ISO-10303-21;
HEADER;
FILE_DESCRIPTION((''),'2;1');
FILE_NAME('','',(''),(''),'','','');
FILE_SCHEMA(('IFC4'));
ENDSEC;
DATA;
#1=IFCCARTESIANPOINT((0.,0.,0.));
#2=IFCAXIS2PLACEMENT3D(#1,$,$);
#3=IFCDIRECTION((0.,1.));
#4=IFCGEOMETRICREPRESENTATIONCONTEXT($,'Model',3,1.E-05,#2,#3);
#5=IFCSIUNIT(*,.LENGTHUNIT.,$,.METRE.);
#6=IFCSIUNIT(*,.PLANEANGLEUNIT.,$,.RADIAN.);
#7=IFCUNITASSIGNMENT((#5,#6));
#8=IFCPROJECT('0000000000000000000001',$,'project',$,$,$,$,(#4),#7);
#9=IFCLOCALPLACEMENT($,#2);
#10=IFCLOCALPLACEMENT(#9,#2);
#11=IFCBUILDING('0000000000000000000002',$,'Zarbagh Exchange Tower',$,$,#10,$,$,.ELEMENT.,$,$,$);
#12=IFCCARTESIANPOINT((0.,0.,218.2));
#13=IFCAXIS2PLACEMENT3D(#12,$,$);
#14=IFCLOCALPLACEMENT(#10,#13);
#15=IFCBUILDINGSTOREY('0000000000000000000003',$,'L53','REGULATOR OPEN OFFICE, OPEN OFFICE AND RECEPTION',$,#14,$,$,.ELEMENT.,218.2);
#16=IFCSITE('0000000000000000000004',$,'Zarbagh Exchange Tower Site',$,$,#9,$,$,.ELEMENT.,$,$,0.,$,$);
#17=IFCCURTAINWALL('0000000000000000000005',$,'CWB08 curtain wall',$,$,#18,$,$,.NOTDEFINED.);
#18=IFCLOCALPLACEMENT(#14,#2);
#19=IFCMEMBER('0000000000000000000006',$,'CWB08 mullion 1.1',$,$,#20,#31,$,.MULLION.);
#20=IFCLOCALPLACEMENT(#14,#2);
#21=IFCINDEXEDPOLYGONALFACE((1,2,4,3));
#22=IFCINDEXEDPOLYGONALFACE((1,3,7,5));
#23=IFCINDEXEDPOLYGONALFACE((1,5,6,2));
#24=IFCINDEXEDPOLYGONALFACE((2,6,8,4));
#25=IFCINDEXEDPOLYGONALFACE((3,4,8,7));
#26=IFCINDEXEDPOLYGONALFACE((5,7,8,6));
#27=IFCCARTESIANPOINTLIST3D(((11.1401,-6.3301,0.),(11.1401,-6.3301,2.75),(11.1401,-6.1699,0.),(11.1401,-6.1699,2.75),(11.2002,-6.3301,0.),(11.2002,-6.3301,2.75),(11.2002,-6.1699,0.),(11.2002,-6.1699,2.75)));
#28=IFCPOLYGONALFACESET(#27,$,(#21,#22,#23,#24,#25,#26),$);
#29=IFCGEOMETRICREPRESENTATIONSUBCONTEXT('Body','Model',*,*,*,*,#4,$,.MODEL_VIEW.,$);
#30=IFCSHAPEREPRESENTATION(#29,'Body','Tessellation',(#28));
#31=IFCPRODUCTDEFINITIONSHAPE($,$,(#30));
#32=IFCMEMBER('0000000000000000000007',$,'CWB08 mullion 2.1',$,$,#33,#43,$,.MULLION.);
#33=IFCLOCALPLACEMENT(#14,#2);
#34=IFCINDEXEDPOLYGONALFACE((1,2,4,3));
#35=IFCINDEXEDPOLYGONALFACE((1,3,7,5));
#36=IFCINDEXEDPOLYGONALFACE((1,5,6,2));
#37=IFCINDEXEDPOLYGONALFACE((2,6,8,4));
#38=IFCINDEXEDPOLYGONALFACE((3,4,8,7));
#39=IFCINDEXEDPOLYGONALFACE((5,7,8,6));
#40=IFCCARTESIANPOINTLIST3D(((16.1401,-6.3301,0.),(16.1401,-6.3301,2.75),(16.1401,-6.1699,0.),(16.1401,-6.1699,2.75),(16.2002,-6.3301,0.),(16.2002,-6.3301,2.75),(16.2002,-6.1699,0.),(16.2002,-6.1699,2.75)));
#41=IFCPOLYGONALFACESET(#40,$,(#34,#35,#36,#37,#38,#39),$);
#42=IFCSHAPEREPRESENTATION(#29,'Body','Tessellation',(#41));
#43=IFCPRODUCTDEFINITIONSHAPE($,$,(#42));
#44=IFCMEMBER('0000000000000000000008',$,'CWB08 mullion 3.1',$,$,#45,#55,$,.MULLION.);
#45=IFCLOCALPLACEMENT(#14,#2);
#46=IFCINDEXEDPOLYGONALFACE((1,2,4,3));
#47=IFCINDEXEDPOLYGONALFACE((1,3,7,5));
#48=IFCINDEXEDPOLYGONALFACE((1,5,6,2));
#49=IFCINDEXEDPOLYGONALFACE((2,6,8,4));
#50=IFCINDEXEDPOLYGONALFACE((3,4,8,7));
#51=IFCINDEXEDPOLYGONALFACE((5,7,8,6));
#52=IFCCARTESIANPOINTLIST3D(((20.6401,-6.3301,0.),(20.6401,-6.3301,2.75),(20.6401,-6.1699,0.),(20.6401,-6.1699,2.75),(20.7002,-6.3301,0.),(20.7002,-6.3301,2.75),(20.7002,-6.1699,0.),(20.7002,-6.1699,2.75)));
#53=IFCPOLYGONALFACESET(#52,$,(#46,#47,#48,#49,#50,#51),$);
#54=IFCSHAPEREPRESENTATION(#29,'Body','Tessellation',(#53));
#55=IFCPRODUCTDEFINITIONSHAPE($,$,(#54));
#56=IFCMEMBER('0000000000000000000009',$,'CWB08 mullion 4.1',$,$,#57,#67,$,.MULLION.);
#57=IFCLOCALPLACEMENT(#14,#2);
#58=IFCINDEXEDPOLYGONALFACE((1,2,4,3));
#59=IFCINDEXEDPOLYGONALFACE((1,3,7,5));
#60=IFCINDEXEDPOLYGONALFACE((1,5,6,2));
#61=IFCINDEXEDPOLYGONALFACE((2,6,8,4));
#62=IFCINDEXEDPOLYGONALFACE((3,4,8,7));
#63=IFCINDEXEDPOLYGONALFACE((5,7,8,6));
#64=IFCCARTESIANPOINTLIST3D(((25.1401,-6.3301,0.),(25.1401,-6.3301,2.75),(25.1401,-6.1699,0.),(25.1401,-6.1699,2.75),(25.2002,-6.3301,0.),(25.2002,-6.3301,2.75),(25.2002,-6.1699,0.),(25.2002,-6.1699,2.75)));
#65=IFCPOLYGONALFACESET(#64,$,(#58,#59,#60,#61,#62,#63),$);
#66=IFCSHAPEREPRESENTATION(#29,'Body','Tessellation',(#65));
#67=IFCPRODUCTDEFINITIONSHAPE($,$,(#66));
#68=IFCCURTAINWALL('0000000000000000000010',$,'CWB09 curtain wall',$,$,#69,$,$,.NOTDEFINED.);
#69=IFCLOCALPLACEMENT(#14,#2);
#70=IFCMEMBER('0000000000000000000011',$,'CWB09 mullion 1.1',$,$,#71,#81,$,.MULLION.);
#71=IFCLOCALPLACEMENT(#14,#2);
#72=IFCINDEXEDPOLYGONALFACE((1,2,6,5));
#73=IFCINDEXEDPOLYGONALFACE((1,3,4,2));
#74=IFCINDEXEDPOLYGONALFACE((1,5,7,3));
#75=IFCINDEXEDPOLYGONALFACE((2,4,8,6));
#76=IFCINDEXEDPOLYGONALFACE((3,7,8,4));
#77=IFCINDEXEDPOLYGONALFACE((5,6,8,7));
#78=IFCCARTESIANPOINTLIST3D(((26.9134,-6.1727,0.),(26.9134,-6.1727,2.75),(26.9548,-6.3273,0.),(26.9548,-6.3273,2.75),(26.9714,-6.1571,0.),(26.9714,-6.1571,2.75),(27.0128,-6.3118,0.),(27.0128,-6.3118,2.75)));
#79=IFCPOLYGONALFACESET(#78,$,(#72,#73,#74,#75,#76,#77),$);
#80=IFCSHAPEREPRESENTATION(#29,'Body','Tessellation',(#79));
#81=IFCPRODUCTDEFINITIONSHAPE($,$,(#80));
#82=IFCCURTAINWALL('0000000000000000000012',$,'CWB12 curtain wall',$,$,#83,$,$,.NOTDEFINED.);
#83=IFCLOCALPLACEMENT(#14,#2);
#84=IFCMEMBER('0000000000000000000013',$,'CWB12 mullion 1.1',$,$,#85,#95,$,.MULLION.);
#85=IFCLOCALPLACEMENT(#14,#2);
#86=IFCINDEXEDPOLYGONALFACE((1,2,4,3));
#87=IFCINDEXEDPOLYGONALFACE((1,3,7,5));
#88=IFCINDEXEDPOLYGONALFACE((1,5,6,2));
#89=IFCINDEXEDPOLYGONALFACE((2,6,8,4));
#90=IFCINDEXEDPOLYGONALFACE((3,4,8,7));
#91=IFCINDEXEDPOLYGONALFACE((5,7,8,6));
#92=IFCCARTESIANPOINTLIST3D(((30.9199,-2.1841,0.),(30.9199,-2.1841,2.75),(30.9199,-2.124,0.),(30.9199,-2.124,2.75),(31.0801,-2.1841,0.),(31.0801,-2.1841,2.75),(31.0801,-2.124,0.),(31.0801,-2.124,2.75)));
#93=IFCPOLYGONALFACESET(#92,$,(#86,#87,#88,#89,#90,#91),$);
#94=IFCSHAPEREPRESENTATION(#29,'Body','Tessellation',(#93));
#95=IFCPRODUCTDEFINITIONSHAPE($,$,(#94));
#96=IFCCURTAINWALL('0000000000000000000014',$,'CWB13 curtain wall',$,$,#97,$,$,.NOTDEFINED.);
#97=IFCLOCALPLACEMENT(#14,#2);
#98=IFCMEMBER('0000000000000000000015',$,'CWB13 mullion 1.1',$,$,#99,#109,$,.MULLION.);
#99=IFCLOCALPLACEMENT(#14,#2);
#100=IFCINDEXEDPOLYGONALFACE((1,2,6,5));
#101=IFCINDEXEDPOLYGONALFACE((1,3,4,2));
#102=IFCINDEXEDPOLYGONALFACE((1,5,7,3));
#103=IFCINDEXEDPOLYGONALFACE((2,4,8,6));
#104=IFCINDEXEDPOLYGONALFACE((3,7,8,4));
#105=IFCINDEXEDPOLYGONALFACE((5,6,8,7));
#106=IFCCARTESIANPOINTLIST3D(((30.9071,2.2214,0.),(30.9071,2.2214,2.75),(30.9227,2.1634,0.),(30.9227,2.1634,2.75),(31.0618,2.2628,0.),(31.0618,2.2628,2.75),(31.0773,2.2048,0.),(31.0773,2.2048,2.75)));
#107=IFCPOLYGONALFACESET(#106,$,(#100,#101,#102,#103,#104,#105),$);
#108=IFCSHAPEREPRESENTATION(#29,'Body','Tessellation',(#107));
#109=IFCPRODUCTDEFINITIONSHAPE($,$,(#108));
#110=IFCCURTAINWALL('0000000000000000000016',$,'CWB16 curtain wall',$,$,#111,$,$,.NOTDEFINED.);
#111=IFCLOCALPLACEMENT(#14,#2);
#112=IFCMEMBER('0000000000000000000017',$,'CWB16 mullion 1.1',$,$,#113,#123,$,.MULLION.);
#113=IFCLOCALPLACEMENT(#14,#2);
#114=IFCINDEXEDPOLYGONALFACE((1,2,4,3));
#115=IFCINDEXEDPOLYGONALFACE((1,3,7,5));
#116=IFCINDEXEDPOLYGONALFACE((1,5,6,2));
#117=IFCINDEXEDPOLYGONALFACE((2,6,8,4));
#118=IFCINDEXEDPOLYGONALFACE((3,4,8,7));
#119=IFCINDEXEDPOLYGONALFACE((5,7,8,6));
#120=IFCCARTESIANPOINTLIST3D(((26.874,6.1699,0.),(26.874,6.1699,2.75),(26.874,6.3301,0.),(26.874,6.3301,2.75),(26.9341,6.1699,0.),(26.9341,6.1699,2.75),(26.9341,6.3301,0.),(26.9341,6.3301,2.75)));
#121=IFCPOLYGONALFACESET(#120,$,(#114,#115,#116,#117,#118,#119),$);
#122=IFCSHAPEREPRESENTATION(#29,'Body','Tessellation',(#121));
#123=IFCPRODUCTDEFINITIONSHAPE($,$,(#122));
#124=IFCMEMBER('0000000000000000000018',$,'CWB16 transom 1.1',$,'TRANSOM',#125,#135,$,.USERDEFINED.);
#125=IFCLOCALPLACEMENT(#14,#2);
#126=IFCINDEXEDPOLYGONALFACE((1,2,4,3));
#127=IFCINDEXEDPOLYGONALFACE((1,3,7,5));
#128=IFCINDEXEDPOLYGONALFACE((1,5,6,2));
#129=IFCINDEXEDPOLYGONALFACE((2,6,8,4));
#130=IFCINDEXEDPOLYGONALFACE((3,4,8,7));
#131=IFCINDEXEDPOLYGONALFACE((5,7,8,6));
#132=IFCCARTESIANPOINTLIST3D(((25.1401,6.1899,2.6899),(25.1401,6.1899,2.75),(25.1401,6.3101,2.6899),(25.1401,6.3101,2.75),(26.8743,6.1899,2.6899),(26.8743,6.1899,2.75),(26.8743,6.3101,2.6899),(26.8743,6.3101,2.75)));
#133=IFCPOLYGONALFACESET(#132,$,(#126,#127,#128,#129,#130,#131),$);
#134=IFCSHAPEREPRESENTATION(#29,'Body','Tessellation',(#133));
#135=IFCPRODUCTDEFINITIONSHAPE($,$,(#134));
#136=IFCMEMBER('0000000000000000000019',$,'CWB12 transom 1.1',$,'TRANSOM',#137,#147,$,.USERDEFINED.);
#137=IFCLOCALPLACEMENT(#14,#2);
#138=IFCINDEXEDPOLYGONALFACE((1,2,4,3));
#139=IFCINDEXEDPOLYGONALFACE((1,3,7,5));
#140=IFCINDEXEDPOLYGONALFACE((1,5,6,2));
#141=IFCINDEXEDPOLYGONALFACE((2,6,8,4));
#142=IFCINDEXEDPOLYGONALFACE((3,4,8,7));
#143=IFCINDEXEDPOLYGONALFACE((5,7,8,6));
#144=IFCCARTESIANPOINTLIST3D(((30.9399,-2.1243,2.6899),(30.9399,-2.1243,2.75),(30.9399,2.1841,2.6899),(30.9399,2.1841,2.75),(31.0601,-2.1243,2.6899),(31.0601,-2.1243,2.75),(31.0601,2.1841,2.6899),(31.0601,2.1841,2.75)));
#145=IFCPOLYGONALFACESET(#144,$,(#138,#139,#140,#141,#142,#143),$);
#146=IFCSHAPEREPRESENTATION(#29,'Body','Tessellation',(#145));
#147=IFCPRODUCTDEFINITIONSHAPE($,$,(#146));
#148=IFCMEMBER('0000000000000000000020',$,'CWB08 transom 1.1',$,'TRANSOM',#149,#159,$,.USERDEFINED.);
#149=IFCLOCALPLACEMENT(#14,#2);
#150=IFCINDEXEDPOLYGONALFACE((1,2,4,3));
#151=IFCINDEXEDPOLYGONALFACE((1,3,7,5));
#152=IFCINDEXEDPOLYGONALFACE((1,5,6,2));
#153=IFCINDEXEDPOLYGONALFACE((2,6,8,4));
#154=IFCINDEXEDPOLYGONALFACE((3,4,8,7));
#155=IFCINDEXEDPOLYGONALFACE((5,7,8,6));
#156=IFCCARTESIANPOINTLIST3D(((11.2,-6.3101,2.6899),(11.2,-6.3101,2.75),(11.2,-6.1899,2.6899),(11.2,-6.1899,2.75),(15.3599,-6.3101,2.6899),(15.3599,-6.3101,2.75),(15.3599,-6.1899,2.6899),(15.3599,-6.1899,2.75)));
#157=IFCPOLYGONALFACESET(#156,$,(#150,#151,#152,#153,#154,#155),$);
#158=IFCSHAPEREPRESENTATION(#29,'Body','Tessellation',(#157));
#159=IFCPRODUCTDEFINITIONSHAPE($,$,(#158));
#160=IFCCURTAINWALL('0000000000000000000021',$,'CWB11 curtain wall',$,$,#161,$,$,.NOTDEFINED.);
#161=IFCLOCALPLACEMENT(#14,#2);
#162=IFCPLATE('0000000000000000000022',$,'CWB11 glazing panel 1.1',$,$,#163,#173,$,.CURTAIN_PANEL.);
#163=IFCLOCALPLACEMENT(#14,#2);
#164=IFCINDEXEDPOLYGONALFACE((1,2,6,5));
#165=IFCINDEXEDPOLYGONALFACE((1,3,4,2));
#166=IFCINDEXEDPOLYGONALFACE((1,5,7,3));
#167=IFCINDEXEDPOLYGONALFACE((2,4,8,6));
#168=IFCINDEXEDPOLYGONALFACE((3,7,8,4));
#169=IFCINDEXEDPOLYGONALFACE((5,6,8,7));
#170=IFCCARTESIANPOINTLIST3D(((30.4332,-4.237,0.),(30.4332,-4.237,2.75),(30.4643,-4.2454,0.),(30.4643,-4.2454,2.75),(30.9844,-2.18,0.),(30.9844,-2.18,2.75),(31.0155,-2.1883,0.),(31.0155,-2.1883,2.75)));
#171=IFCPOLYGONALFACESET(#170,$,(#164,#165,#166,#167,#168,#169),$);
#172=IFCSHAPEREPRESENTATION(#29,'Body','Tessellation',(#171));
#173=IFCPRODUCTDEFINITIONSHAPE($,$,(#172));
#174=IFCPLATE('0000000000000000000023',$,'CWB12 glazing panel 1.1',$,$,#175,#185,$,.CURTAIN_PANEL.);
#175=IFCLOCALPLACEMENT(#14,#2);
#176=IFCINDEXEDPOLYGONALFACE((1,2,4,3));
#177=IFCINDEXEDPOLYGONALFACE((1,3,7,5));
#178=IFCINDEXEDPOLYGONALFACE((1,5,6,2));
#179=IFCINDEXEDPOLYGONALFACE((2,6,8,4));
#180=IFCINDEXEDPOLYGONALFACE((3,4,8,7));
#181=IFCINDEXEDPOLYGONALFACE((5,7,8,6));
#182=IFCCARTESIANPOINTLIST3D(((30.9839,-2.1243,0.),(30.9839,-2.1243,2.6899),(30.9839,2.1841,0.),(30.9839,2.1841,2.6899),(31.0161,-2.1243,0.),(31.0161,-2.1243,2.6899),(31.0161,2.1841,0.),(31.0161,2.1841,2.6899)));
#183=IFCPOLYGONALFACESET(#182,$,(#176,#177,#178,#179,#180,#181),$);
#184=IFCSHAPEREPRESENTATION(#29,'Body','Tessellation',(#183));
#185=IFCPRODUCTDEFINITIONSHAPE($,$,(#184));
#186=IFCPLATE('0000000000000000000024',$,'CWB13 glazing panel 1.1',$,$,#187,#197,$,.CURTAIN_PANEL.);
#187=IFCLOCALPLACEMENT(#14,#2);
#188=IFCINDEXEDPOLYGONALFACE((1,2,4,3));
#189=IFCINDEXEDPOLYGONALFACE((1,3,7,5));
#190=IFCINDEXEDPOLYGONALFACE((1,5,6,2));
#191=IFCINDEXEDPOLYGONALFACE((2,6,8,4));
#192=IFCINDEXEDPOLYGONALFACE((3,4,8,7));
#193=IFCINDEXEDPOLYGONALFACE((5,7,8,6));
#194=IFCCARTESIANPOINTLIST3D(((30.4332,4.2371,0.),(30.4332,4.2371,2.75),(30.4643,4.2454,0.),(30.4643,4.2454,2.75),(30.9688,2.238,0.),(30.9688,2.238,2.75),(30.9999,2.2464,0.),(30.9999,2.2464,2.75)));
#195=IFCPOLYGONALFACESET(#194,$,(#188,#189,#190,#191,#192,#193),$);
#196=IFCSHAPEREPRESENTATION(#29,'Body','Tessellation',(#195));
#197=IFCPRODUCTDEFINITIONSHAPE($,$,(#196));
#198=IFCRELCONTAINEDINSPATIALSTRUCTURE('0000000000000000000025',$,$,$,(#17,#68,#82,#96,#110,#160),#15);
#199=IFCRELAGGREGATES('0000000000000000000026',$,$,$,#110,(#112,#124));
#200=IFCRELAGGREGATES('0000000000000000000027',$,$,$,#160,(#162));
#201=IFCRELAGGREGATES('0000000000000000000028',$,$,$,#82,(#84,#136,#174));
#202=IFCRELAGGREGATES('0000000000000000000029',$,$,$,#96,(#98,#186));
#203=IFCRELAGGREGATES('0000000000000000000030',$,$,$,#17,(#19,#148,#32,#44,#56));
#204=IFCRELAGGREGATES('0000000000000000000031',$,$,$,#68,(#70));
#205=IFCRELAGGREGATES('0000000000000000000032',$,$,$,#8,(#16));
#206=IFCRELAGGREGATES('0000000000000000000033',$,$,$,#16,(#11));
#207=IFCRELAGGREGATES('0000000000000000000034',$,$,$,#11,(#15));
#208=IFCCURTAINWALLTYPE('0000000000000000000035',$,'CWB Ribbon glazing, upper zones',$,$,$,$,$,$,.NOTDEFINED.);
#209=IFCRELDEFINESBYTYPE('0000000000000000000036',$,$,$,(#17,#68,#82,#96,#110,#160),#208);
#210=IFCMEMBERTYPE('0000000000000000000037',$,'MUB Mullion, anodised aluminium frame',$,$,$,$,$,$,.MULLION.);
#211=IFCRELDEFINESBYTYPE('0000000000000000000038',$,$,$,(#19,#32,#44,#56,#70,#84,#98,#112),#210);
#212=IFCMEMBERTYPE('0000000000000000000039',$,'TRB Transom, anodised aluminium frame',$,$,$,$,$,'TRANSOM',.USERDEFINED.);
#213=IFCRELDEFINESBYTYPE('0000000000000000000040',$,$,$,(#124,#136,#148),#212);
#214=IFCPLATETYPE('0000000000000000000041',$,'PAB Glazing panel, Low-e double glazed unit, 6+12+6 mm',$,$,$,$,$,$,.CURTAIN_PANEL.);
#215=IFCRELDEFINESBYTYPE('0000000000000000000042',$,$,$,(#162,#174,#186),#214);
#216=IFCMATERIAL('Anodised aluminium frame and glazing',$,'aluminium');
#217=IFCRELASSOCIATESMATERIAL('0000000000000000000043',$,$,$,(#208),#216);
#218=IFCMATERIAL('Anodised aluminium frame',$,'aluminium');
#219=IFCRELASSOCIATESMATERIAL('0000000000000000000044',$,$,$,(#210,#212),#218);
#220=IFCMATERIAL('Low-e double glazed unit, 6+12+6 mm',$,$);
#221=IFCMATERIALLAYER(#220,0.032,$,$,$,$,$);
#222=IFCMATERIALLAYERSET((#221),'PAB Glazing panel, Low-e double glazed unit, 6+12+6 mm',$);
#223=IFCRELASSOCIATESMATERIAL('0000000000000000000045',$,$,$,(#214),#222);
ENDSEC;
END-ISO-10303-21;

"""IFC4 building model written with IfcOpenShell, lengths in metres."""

from ifc_helpers import new_model, si_unit, direction, frame, origin, place, context, subcontext, project, spatial, polyline, outline, extrude, source, transform, mapped, material, layer, layer_set, type_object, element, aggregate, save


model = new_model("IFC4")

# Units and contexts
model_context = context("Model", 3, precision=1e-05, world=origin(), true_north=direction((0.0, 1.0)))
body_context = subcontext(model_context, "Body", "Model", "MODEL_VIEW")
ifc_project = project(units=[si_unit("LENGTHUNIT", "METRE"), si_unit("PLANEANGLEUNIT", "RADIAN")], contexts=[model_context])

# Site, building, storey
site_placement = place(None, origin())
site = spatial("IfcSite", under=ifc_project, at=site_placement, Name="Zarbagh Exchange Tower Site", CompositionType="ELEMENT", RefElevation=0.0)
building_placement = place(site_placement, origin())
building = spatial("IfcBuilding", under=site, at=building_placement, Name="Zarbagh Exchange Tower", CompositionType="ELEMENT")
storey_placement = place(building_placement, frame((0.0, 0.0, 218.2)))
storey = spatial("IfcBuildingStorey", under=building, at=storey_placement, Name="L53", Description="REGULATOR OPEN OFFICE, OPEN OFFICE AND RECEPTION", CompositionType="ELEMENT", Elevation=218.2)

# Curtain wall, members
ifc_material_1 = material(Name="Anodised aluminium frame and glazing", Category="aluminium")
curtain_wall_type = type_object("IfcCurtainWallType", Name="CWB Ribbon glazing, upper zones", PredefinedType="NOTDEFINED", material=ifc_material_1)
curtain_wall_1_placement = place(storey_placement, origin())
curtain_wall_1 = element("IfcCurtainWall", 1, at=curtain_wall_1_placement, inside=storey, type_object=curtain_wall_type, Name="CWB08 curtain wall", PredefinedType="NOTDEFINED")
ifc_material_2 = material(Name="Anodised aluminium frame", Category="aluminium")
member_type_1 = type_object("IfcMemberType", Name="MUB Mullion, anodised aluminium frame", PredefinedType="MULLION", material=ifc_material_2)
shared_shape_1 = source(origin(), body_context, "Body", "SweptSolid", [
    extrude(outline(polyline([(0.0, -0.0801), (0.0601, -0.0801), (0.0601, 0.0801), (0.0, 0.0801), (0.0, -0.0801)])), origin(), (0.0, 0.0, 1.0), 2.75),
])
placement = place(storey_placement, origin())
member_1 = element("IfcMember", 2, at=placement, type_object=member_type_1, Name="CWB08 mullion 1.1", PredefinedType="MULLION", context=body_context, shape_type="MappedRepresentation", body=[
    mapped(shared_shape_1, transform((11.1401, -6.25, 0.0), x_axis=(1.0, 0.0, 0.0), y_axis=(0.0, 1.0, 0.0), z_axis=(0.0, 0.0, 1.0))),
])
member_2 = element("IfcMember", 3, at=placement, type_object=member_type_1, Name="CWB08 mullion 2.1", PredefinedType="MULLION", context=body_context, shape_type="MappedRepresentation", body=[
    mapped(shared_shape_1, transform((16.1401, -6.25, 0.0), x_axis=(1.0, 0.0, 0.0), y_axis=(0.0, 1.0, 0.0), z_axis=(0.0, 0.0, 1.0))),
])
member_3 = element("IfcMember", 4, at=placement, type_object=member_type_1, Name="CWB08 mullion 3.1", PredefinedType="MULLION", context=body_context, shape_type="MappedRepresentation", body=[
    mapped(shared_shape_1, transform((20.6401, -6.25, 0.0), x_axis=(1.0, 0.0, 0.0), y_axis=(0.0, 1.0, 0.0), z_axis=(0.0, 0.0, 1.0))),
])
member_4 = element("IfcMember", 5, at=placement, type_object=member_type_1, Name="CWB08 mullion 4.1", PredefinedType="MULLION", context=body_context, shape_type="MappedRepresentation", body=[
    mapped(shared_shape_1, transform((25.1401, -6.25, 0.0), x_axis=(1.0, 0.0, 0.0), y_axis=(0.0, 1.0, 0.0), z_axis=(0.0, 0.0, 1.0))),
])

# Curtain walls, members
curtain_wall_2_placement = place(storey_placement, origin())
curtain_wall_2 = element("IfcCurtainWall", 6, at=curtain_wall_2_placement, inside=storey, type_object=curtain_wall_type, Name="CWB09 curtain wall", PredefinedType="NOTDEFINED")
member_5 = element("IfcMember", 7, at=placement, type_object=member_type_1, Name="CWB09 mullion 1.1", PredefinedType="MULLION", context=body_context, shape_type="MappedRepresentation", body=[
    mapped(shared_shape_1, transform((26.9341, -6.25, 0.0), x_axis=(0.965924, 0.258825, 0.0), y_axis=(-0.258825, 0.965924, 0.0), z_axis=(0.0, 0.0, 1.0))),
])
curtain_wall_3_placement = place(storey_placement, origin())
curtain_wall_3 = element("IfcCurtainWall", 8, at=curtain_wall_3_placement, inside=storey, type_object=curtain_wall_type, Name="CWB12 curtain wall", PredefinedType="NOTDEFINED")
member_6 = element("IfcMember", 9, at=placement, type_object=member_type_1, Name="CWB12 mullion 1.1", PredefinedType="MULLION", context=body_context, shape_type="MappedRepresentation", body=[
    mapped(shared_shape_1, transform((31.0, -2.1841, 0.0), x_axis=(0.0, 1.0, 0.0), y_axis=(-1.0, 0.0, 0.0), z_axis=(0.0, 0.0, 1.0))),
])
curtain_wall_4_placement = place(storey_placement, origin())
curtain_wall_4 = element("IfcCurtainWall", 10, at=curtain_wall_4_placement, inside=storey, type_object=curtain_wall_type, Name="CWB13 curtain wall", PredefinedType="NOTDEFINED")
member_7 = element("IfcMember", 11, at=placement, type_object=member_type_1, Name="CWB13 mullion 1.1", PredefinedType="MULLION", context=body_context, shape_type="MappedRepresentation", body=[
    mapped(shared_shape_1, transform((31.0, 2.1841, 0.0), x_axis=(-0.258825, 0.965924, 0.0), y_axis=(-0.965924, -0.258825, 0.0), z_axis=(0.0, 0.0, 1.0))),
])

# Curtain wall, members
curtain_wall_5_placement = place(storey_placement, origin())
curtain_wall_5 = element("IfcCurtainWall", 12, at=curtain_wall_5_placement, inside=storey, type_object=curtain_wall_type, Name="CWB16 curtain wall", PredefinedType="NOTDEFINED")
member_8 = element("IfcMember", 13, at=placement, type_object=member_type_1, Name="CWB16 mullion 1.1", PredefinedType="MULLION", context=body_context, shape_type="MappedRepresentation", body=[
    mapped(shared_shape_1, transform((26.9341, 6.25, 0.0), x_axis=(-1.0, 0.0, 0.0), y_axis=(0.0, -1.0, 0.0), z_axis=(0.0, 0.0, 1.0))),
])
member_type_2 = type_object("IfcMemberType", Name="TRB Transom, anodised aluminium frame", ElementType="TRANSOM", PredefinedType="USERDEFINED", material=ifc_material_2)
shared_shape_2 = source(origin(), body_context, "Body", "SweptSolid", [
    extrude(outline(polyline([(-0.0601, -0.0601), (0.0, -0.0601), (0.0, 0.0601), (-0.0601, 0.0601), (-0.0601, -0.0601)])), origin(), (0.0, 0.0, 1.0), 1.7341),
])
member_9 = element("IfcMember", 14, at=placement, type_object=member_type_2, Name="CWB16 transom 1.1", ObjectType="TRANSOM", PredefinedType="USERDEFINED", context=body_context, shape_type="MappedRepresentation", body=[
    mapped(shared_shape_2, transform((26.8743, 6.25, 2.75), x_axis=(0.0, 0.0, 1.0), y_axis=(0.0, 1.0, 0.0), z_axis=(-1.0, 0.0, 0.0))),
])
aggregate(curtain_wall_5, [member_8, member_9])

# Members
shared_shape_3 = source(origin(), body_context, "Body", "SweptSolid", [
    extrude(outline(polyline([(-0.0601, -0.0601), (0.0, -0.0601), (0.0, 0.0601), (-0.0601, 0.0601), (-0.0601, -0.0601)])), origin(), (0.0, 0.0, 1.0), 4.3083),
])
member_10 = element("IfcMember", 15, at=placement, type_object=member_type_2, Name="CWB12 transom 1.1", ObjectType="TRANSOM", PredefinedType="USERDEFINED", context=body_context, shape_type="MappedRepresentation", body=[
    mapped(shared_shape_3, transform((31.0, -2.1243, 2.75), x_axis=(0.0, 0.0, 1.0), y_axis=(1.0, 0.0, 0.0), z_axis=(0.0, 1.0, 0.0))),
])
shared_shape_4 = source(origin(), body_context, "Body", "SweptSolid", [
    extrude(outline(polyline([(-0.0601, -0.0601), (0.0, -0.0601), (0.0, 0.0601), (-0.0601, 0.0601), (-0.0601, -0.0601)])), origin(), (0.0, 0.0, 1.0), 4.1599),
])
member_11 = element("IfcMember", 16, at=placement, type_object=member_type_2, Name="CWB08 transom 1.1", ObjectType="TRANSOM", PredefinedType="USERDEFINED", context=body_context, shape_type="MappedRepresentation", body=[
    mapped(shared_shape_4, transform((11.2, -6.25, 2.75), x_axis=(0.0, 0.0, 1.0), y_axis=(0.0, -1.0, 0.0), z_axis=(1.0, 0.0, 0.0))),
])

# Curtain wall, plate
curtain_wall_6_placement = place(storey_placement, origin())
curtain_wall_6 = element("IfcCurtainWall", 17, at=curtain_wall_6_placement, inside=storey, type_object=curtain_wall_type, Name="CWB11 curtain wall", PredefinedType="NOTDEFINED")
ifc_material_3 = material(Name="Low-e double glazed unit, 6+12+6 mm")
ifc_layer = layer(ifc_material_3, 0.032)
ifc_layer_set = layer_set([ifc_layer], Name="PAB Glazing panel, Low-e double glazed unit, 6+12+6 mm")
plate_type = type_object("IfcPlateType", Name="PAB Glazing panel, Low-e double glazed unit, 6+12+6 mm", PredefinedType="CURTAIN_PANEL", material=ifc_layer_set)
shared_shape_5 = source(origin(), body_context, "Body", "SweptSolid", [
    extrude(outline(polyline([(0.0, -0.0161), (2.1296, -0.0161), (2.1296, 0.0161), (0.0, 0.0161), (0.0, -0.0161)])), origin(), (0.0, 0.0, 1.0), 2.75),
])
plate_1 = element("IfcPlate", 18, at=placement, type_object=plate_type, Name="CWB11 glazing panel 1.1", PredefinedType="CURTAIN_PANEL", context=body_context, shape_type="MappedRepresentation", body=[
    mapped(shared_shape_5, transform((30.4487, -4.2412, 0.0), x_axis=(0.258825, 0.965924, 0.0), y_axis=(-0.965924, 0.258825, 0.0), z_axis=(0.0, 0.0, 1.0))),
])
aggregate(curtain_wall_6, [plate_1])

# Plates
shared_shape_6 = source(origin(), body_context, "Body", "SweptSolid", [
    extrude(outline(polyline([(0.0, -0.0161), (4.3083, -0.0161), (4.3083, 0.0161), (0.0, 0.0161), (0.0, -0.0161)])), origin(), (0.0, 0.0, 1.0), 2.6899),
])
plate_2 = element("IfcPlate", 19, at=placement, type_object=plate_type, Name="CWB12 glazing panel 1.1", PredefinedType="CURTAIN_PANEL", context=body_context, shape_type="MappedRepresentation", body=[
    mapped(shared_shape_6, transform((31.0, -2.1243, 0.0), x_axis=(0.0, 1.0, 0.0), y_axis=(-1.0, 0.0, 0.0), z_axis=(0.0, 0.0, 1.0))),
])
aggregate(curtain_wall_3, [member_6, member_10, plate_2])
shared_shape_7 = source(origin(), body_context, "Body", "SweptSolid", [
    extrude(outline(polyline([(0.0, -0.0161), (2.0696, -0.0161), (2.0696, 0.0161), (0.0, 0.0161), (0.0, -0.0161)])), origin(), (0.0, 0.0, 1.0), 2.75),
])
plate_3 = element("IfcPlate", 20, at=placement, type_object=plate_type, Name="CWB13 glazing panel 1.1", PredefinedType="CURTAIN_PANEL", context=body_context, shape_type="MappedRepresentation", body=[
    mapped(shared_shape_7, transform((30.9844, 2.2422, 0.0), x_axis=(-0.258825, 0.965924, 0.0), y_axis=(-0.965924, -0.258825, 0.0), z_axis=(0.0, 0.0, 1.0))),
])
aggregate(curtain_wall_4, [member_7, plate_3])
aggregate(curtain_wall_1, [member_1, member_11, member_2, member_3, member_4])
aggregate(curtain_wall_2, [member_5])

save(model, "model.ifc")
